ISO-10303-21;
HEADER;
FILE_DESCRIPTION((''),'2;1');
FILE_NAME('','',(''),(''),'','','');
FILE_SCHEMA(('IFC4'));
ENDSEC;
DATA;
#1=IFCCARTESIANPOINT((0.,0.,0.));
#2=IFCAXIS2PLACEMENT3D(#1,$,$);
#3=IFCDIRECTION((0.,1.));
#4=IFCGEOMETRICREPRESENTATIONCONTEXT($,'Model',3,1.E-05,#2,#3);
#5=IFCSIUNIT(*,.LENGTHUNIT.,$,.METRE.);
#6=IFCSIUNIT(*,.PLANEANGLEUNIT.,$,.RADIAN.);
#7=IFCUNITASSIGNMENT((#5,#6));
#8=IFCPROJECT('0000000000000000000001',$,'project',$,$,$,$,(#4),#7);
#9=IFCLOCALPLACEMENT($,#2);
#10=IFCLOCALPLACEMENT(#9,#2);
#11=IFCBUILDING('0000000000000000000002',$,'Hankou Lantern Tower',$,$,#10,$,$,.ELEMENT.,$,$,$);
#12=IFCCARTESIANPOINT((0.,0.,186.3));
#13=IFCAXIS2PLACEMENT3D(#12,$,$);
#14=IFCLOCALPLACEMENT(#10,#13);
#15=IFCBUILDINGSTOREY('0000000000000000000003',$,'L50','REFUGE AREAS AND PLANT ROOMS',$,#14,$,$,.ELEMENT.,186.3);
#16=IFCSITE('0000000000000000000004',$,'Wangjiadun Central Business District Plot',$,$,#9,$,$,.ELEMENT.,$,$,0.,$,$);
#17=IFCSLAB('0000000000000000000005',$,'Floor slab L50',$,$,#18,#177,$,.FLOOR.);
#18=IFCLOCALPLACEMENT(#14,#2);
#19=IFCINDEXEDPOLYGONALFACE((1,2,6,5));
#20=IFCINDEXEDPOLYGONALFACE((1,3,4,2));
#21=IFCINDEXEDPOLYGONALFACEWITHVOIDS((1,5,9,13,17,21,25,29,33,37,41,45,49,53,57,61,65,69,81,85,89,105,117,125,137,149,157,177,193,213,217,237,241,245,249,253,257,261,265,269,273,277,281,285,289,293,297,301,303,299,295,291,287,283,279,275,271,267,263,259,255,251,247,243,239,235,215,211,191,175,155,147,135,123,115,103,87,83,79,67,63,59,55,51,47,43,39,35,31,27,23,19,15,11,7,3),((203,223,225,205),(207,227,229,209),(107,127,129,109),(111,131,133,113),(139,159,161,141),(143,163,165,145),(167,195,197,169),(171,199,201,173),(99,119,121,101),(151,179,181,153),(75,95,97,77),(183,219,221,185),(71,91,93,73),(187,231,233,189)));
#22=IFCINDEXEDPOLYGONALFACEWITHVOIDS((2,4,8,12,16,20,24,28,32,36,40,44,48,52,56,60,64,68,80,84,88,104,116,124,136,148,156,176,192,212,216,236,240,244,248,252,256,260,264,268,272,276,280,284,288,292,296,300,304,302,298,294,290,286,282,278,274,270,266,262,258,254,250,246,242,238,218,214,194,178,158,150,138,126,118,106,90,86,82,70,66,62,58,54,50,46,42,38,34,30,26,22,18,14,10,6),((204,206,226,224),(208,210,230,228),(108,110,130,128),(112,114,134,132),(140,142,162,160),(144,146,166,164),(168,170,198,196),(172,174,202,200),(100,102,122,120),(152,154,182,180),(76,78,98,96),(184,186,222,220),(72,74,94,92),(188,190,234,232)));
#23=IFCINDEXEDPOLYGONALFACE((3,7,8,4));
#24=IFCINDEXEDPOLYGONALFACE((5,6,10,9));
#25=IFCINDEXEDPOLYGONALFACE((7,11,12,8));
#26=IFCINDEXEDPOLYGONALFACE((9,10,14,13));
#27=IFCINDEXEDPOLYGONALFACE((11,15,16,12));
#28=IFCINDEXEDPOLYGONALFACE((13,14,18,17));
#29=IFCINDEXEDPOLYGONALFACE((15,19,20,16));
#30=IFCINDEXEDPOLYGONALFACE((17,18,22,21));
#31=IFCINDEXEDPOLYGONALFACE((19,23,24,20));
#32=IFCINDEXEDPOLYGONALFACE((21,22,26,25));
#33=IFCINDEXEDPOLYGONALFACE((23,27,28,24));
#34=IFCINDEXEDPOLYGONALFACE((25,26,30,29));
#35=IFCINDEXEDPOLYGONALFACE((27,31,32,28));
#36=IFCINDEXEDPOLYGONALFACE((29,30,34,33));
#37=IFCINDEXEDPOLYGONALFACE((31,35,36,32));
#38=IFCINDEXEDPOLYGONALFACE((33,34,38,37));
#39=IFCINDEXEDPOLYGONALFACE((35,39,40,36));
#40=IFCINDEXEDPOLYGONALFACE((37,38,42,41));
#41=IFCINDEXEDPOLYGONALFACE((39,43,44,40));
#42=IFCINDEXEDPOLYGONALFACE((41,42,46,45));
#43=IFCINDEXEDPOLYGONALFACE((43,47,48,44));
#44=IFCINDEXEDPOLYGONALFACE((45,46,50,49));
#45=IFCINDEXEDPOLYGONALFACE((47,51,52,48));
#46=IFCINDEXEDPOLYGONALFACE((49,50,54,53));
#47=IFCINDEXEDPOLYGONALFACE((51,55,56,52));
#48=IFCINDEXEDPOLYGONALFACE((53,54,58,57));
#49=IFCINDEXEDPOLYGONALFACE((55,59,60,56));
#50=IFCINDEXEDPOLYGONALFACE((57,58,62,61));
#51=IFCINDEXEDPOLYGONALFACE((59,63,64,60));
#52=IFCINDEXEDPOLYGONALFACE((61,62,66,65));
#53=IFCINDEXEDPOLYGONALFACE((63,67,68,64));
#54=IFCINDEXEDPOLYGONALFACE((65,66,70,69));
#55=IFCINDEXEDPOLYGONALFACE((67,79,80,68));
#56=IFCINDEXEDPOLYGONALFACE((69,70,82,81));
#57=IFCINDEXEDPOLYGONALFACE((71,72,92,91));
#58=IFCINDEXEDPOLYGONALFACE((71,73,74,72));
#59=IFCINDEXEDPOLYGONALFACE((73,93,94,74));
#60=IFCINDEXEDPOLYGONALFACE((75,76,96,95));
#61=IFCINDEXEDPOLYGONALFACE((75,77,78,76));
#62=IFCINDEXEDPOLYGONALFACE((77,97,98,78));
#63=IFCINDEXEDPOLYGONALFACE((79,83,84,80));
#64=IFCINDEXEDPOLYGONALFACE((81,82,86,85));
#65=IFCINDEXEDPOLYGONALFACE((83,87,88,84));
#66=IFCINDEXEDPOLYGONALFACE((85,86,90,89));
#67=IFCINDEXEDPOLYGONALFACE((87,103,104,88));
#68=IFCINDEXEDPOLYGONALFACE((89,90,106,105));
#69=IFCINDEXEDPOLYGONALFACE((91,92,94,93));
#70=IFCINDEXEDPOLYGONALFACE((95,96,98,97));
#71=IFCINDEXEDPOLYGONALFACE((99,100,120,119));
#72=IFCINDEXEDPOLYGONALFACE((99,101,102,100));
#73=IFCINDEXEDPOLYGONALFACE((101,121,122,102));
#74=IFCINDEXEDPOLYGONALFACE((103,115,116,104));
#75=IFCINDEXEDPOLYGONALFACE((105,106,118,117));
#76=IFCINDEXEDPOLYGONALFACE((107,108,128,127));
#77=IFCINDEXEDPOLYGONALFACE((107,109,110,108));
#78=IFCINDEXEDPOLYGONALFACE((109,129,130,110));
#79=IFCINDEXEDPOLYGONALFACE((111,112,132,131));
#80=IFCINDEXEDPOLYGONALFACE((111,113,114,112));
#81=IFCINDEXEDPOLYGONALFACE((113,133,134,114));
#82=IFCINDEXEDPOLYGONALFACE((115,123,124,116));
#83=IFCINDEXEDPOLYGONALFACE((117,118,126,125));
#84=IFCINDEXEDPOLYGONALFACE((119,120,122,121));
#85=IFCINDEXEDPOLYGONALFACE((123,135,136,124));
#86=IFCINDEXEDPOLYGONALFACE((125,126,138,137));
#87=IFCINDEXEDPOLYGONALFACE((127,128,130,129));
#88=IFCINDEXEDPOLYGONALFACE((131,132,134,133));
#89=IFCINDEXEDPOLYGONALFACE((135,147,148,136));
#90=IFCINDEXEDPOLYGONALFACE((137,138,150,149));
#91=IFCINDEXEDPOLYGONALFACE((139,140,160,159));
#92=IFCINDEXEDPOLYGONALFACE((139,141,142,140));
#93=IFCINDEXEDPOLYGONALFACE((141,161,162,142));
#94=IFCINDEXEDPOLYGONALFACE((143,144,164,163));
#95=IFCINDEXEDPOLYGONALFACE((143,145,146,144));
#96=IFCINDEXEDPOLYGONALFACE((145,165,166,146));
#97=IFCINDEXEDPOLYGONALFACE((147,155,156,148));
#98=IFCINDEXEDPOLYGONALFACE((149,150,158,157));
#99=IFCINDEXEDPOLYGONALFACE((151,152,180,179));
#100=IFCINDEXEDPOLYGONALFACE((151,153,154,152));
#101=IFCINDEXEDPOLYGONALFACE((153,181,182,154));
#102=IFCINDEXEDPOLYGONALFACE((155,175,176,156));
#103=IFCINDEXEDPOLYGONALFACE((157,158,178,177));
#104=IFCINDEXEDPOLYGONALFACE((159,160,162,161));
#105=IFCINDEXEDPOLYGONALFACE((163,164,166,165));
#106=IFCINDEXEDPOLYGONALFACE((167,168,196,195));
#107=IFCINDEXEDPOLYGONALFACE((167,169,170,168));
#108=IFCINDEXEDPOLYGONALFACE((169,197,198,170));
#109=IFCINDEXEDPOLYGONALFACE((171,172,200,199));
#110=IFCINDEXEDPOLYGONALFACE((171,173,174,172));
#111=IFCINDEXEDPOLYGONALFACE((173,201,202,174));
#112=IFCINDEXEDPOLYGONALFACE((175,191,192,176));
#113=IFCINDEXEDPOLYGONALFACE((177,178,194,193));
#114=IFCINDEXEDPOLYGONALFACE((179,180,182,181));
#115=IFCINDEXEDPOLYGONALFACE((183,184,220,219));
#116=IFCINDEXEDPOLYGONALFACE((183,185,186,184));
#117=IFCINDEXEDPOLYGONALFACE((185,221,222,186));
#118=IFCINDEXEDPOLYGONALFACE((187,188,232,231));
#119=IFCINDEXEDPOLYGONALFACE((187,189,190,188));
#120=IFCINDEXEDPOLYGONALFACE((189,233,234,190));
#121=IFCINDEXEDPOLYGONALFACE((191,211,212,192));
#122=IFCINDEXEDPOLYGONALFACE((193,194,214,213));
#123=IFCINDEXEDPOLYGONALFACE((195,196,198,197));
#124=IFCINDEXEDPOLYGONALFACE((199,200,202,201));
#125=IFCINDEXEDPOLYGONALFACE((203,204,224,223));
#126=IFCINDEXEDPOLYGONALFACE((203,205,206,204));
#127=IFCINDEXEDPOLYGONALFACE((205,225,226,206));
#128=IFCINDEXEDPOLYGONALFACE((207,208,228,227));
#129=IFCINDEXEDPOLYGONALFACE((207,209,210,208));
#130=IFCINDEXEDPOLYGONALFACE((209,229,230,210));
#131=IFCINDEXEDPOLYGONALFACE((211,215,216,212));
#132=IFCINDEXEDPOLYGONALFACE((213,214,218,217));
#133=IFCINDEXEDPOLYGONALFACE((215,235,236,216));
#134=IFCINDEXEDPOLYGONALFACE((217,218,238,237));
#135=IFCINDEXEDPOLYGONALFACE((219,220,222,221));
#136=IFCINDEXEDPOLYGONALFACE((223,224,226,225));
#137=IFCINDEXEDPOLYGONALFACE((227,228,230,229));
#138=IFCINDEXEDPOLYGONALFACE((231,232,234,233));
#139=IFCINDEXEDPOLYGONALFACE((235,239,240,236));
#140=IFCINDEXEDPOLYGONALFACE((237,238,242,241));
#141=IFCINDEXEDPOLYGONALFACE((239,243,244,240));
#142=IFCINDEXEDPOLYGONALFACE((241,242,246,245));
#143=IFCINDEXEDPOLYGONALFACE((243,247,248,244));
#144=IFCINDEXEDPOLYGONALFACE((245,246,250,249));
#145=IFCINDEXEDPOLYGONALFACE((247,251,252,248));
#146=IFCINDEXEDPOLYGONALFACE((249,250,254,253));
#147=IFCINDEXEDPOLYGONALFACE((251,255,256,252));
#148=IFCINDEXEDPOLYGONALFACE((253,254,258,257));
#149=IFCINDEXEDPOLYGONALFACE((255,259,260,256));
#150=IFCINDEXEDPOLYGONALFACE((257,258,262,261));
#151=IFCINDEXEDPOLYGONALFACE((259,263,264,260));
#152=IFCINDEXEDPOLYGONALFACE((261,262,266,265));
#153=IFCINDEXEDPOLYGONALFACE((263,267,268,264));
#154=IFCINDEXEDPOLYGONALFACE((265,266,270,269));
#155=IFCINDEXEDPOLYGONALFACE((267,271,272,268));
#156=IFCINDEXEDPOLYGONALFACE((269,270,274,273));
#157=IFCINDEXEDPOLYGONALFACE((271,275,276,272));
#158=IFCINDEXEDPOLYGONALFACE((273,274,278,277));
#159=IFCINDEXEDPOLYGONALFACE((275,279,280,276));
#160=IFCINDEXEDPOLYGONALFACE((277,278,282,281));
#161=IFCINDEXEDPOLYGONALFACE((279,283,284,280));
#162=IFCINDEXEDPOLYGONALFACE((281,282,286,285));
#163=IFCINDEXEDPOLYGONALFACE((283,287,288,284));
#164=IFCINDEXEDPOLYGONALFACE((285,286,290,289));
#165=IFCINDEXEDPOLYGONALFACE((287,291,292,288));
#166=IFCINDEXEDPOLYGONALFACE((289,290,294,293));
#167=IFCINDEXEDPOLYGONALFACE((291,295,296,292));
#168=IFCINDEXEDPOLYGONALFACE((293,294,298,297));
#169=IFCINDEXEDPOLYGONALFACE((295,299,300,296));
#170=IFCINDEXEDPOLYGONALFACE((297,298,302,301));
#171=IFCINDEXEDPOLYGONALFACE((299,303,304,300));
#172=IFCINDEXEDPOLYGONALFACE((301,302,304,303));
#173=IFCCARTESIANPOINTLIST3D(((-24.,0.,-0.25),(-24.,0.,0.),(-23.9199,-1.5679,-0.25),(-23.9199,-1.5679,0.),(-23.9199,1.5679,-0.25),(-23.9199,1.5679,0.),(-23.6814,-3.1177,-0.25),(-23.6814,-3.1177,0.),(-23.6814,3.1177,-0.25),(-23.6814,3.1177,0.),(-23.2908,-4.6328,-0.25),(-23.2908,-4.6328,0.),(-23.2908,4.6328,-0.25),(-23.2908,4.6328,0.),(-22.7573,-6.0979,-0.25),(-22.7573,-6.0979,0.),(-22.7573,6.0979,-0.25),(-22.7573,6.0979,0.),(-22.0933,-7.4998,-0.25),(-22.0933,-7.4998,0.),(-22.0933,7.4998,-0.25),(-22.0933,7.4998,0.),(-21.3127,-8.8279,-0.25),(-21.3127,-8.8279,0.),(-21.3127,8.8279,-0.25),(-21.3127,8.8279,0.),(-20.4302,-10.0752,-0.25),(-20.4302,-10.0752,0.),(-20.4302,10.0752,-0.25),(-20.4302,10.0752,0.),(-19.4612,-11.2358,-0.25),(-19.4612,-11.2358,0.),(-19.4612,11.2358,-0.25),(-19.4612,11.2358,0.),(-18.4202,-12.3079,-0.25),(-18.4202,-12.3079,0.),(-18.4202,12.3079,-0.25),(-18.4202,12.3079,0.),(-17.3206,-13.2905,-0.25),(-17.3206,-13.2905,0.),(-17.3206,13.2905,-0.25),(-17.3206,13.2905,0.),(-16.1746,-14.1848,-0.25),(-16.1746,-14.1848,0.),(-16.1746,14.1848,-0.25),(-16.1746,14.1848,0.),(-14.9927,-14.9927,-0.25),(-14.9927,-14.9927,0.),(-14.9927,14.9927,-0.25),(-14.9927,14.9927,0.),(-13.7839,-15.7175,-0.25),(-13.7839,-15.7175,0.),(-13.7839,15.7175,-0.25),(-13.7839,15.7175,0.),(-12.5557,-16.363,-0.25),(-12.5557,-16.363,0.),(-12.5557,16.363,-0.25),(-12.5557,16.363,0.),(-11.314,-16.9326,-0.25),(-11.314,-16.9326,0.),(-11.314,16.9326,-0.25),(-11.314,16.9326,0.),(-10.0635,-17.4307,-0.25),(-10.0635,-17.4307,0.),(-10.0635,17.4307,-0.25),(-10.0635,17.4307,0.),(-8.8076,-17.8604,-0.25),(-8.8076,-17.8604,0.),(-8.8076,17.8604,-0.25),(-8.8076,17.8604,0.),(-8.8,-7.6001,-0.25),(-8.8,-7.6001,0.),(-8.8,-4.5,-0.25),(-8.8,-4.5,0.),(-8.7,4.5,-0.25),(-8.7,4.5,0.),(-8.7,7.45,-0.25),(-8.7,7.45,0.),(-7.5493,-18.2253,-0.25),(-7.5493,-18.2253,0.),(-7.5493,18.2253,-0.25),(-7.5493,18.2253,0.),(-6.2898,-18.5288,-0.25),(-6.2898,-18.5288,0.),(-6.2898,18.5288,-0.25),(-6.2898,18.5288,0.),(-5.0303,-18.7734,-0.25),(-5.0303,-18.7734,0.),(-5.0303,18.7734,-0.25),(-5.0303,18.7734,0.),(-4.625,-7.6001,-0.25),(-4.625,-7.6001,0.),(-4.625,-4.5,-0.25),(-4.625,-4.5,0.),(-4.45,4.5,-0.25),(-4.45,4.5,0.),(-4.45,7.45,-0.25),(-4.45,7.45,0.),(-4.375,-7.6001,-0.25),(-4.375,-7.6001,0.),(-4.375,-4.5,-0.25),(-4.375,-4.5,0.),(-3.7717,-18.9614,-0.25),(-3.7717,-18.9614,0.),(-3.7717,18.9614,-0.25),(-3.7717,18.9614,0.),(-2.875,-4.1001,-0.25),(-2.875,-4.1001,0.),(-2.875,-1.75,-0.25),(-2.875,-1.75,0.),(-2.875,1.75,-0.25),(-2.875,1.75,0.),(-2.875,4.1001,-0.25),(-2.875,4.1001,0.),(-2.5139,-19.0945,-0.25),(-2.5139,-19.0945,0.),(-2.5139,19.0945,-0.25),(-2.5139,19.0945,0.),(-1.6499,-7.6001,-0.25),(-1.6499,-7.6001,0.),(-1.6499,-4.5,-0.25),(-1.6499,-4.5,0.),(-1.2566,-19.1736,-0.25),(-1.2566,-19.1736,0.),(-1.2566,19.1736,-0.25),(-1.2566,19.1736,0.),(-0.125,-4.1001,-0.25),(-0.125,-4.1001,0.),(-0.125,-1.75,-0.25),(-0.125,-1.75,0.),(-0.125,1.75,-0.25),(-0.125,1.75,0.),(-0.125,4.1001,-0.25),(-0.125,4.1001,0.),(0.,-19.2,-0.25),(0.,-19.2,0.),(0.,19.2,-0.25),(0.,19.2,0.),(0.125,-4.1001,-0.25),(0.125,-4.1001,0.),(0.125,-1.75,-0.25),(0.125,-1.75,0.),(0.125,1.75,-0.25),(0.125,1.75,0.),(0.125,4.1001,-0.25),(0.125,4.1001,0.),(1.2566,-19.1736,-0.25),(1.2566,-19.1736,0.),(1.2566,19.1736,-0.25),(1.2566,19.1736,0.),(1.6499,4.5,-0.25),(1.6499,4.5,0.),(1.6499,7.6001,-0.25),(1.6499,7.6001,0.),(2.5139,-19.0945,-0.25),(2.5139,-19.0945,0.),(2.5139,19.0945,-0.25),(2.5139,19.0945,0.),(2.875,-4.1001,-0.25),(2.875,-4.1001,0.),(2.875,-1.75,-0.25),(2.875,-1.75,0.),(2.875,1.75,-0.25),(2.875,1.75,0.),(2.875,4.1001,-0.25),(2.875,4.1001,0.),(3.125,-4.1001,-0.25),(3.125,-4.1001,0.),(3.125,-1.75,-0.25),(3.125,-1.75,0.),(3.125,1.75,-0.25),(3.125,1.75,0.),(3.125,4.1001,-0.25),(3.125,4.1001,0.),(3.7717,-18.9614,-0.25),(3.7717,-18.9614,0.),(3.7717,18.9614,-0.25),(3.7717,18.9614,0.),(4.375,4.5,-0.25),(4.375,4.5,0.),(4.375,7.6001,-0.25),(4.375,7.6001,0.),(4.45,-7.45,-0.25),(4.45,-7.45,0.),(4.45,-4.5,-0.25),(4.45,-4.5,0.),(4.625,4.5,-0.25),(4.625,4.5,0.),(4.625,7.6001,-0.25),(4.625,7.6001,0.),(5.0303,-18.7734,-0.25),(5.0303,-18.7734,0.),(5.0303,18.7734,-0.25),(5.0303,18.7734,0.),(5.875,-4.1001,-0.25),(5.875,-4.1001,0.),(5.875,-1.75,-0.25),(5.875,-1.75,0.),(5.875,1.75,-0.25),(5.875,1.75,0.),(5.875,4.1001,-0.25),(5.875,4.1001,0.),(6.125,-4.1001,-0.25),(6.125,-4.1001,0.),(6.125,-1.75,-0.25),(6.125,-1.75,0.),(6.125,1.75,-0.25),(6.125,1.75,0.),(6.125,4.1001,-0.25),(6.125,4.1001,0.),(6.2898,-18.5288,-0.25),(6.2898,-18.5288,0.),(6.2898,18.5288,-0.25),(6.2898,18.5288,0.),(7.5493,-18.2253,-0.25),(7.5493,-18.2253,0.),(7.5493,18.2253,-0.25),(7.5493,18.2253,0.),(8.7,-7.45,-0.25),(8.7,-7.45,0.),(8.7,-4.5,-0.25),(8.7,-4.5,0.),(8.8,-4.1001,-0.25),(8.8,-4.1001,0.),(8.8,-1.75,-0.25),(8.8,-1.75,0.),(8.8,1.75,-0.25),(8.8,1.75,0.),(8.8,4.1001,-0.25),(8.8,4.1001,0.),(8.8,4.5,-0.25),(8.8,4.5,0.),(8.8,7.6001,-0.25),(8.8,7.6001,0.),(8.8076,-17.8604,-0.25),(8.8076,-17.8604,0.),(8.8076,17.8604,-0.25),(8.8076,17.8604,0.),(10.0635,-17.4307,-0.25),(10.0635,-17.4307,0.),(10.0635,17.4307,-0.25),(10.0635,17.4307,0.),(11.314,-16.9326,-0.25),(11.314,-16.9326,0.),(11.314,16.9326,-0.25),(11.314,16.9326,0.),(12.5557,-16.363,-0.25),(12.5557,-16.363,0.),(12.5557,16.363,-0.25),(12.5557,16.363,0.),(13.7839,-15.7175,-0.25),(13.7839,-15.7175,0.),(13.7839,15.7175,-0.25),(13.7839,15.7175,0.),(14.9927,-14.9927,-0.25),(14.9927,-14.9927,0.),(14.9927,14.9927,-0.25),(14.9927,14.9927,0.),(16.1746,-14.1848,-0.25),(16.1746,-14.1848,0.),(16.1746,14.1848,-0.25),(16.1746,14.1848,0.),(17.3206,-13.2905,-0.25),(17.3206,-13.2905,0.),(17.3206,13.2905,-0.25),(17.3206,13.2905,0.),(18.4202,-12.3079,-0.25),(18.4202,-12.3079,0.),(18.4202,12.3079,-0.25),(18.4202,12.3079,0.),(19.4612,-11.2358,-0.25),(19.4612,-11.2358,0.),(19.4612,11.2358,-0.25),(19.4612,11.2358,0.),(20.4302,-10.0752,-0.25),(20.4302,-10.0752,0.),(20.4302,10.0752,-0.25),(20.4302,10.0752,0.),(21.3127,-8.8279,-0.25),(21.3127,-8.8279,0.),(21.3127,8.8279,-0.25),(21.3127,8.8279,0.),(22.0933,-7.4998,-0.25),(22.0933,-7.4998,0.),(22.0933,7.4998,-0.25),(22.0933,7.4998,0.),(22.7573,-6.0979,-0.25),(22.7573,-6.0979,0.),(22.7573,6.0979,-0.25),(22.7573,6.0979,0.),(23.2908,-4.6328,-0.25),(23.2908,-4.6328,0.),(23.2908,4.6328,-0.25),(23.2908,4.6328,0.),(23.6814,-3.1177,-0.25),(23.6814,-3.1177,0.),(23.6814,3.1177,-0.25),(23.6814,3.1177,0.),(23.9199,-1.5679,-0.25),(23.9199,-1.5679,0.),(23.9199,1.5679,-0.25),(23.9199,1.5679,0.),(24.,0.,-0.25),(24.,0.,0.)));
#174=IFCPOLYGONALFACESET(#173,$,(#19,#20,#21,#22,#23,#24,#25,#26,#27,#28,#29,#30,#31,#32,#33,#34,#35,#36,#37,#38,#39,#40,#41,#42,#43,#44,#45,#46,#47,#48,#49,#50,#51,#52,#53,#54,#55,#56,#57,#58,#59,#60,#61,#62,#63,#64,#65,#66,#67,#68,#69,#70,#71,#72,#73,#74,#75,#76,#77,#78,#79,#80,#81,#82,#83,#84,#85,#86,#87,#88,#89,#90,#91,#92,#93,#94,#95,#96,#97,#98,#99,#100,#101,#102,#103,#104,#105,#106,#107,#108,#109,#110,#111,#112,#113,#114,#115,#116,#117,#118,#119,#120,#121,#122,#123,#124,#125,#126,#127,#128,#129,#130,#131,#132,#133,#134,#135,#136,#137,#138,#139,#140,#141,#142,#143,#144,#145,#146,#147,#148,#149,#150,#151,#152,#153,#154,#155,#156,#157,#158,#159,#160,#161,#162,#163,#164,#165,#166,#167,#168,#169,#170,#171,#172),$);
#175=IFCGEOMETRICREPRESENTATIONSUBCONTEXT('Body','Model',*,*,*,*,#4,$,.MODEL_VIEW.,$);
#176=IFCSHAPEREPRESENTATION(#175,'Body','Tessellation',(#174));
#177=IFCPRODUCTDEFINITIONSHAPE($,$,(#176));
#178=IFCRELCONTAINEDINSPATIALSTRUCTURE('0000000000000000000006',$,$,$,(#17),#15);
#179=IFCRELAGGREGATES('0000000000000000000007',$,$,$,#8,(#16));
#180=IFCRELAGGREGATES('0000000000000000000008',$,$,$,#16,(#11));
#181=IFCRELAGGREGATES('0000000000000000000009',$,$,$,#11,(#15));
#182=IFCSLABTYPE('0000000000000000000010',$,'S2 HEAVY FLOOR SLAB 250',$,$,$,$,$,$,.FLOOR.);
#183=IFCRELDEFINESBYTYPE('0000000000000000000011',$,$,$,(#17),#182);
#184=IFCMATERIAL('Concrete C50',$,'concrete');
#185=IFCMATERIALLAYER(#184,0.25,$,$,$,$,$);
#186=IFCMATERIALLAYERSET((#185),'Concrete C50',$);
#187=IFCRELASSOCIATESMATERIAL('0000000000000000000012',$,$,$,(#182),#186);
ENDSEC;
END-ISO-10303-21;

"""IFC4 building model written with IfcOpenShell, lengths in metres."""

from ifc_helpers import new_model, si_unit, direction, frame, origin, place, context, subcontext, project, spatial, polyline, outline, extrude, material, layer, layer_set, type_object, element, save


model = new_model("IFC4")

# Units and contexts
model_context = context("Model", 3, precision=1e-05, world=origin(), true_north=direction((0.0, 1.0)))
body_context = subcontext(model_context, "Body", "Model", "MODEL_VIEW")
ifc_project = project(units=[si_unit("LENGTHUNIT", "METRE"), si_unit("PLANEANGLEUNIT", "RADIAN")], contexts=[model_context])

# Site, building, storey
site_placement = place(None, origin())
site = spatial("IfcSite", under=ifc_project, at=site_placement, Name="Wangjiadun Central Business District Plot", CompositionType="ELEMENT", RefElevation=0.0)
building_placement = place(site_placement, origin())
building = spatial("IfcBuilding", under=site, at=building_placement, Name="Hankou Lantern Tower", CompositionType="ELEMENT")
storey_placement = place(building_placement, frame((0.0, 0.0, 186.3)))
storey = spatial("IfcBuildingStorey", under=building, at=storey_placement, Name="L50", Description="REFUGE AREAS AND PLANT ROOMS", CompositionType="ELEMENT", Elevation=186.3)

# Slab
ifc_material_1 = material(Name="Concrete C50", Category="concrete")
ifc_layer_1 = layer(ifc_material_1, 0.25)
ifc_layer_set_1 = layer_set([ifc_layer_1], Name="Concrete C50")
slab_type = type_object("IfcSlabType", Name="S2 HEAVY FLOOR SLAB 250", PredefinedType="FLOOR", material=ifc_layer_set_1)
slab_placement = place(storey_placement, frame((0.0, 0.0, -0.25)))
element("IfcSlab", 1, at=slab_placement, inside=storey, type_object=slab_type, Name="Floor slab L50", PredefinedType="FLOOR", context=body_context, shape_type="SweptSolid", body=[
    extrude(outline(polyline([(24.0, 0.0), (23.9199, 1.5679), (23.6814, 3.1177), (23.2908, 4.6328), (22.7573, 6.0979), (22.0933, 7.4998), (21.3127, 8.8279), (20.4302, 10.0752), (19.4612, 11.2358), (18.4202, 12.3079), (17.3206, 13.2905), (16.1746, 14.1848), (14.9927, 14.9927), (13.7839, 15.7175), (12.5557, 16.363), (11.314, 16.9326), (10.0635, 17.4307), (8.8076, 17.8604), (7.5493, 18.2253), (6.2898, 18.5288), (5.0303, 18.7734), (3.7717, 18.9614), (2.5139, 19.0945), (1.2566, 19.1736), (0.0, 19.2), (-1.2566, 19.1736), (-2.5139, 19.0945), (-3.7717, 18.9614), (-5.0303, 18.7734), (-6.2898, 18.5288), (-7.5493, 18.2253), (-8.8076, 17.8604), (-10.0635, 17.4307), (-11.314, 16.9326), (-12.5557, 16.363), (-13.7839, 15.7175), (-14.9927, 14.9927), (-16.1746, 14.1848), (-17.3206, 13.2905), (-18.4202, 12.3079), (-19.4612, 11.2358), (-20.4302, 10.0752), (-21.3127, 8.8279), (-22.0933, 7.4998), (-22.7573, 6.0979), (-23.2908, 4.6328), (-23.6814, 3.1177), (-23.9199, 1.5679), (-24.0, 0.0), (-23.9199, -1.5679), (-23.6814, -3.1177), (-23.2908, -4.6328), (-22.7573, -6.0979), (-22.0933, -7.4998), (-21.3127, -8.8279), (-20.4302, -10.0752), (-19.4612, -11.2358), (-18.4202, -12.3079), (-17.3206, -13.2905), (-16.1746, -14.1848), (-14.9927, -14.9927), (-13.7839, -15.7175), (-12.5557, -16.363), (-11.314, -16.9326), (-10.0635, -17.4307), (-8.8076, -17.8604), (-7.5493, -18.2253), (-6.2898, -18.5288), (-5.0303, -18.7734), (-3.7717, -18.9614), (-2.5139, -19.0945), (-1.2566, -19.1736), (0.0, -19.2), (1.2566, -19.1736), (2.5139, -19.0945), (3.7717, -18.9614), (5.0303, -18.7734), (6.2898, -18.5288), (7.5493, -18.2253), (8.8076, -17.8604), (10.0635, -17.4307), (11.314, -16.9326), (12.5557, -16.363), (13.7839, -15.7175), (14.9927, -14.9927), (16.1746, -14.1848), (17.3206, -13.2905), (18.4202, -12.3079), (19.4612, -11.2358), (20.4302, -10.0752), (21.3127, -8.8279), (22.0933, -7.4998), (22.7573, -6.0979), (23.2908, -4.6328), (23.6814, -3.1177), (23.9199, -1.5679), (24.0, 0.0)]), holes=[polyline([(-2.875, 4.1001), (-0.125, 4.1001), (-0.125, 1.75), (-2.875, 1.75), (-2.875, 4.1001)]), polyline([(0.125, 4.1001), (2.875, 4.1001), (2.875, 1.75), (0.125, 1.75), (0.125, 4.1001)]), polyline([(3.125, 4.1001), (5.875, 4.1001), (5.875, 1.75), (3.125, 1.75), (3.125, 4.1001)]), polyline([(6.125, 4.1001), (8.8, 4.1001), (8.8, 1.75), (6.125, 1.75), (6.125, 4.1001)]), polyline([(-2.875, -1.75), (-0.125, -1.75), (-0.125, -4.1001), (-2.875, -4.1001), (-2.875, -1.75)]), polyline([(0.125, -1.75), (2.875, -1.75), (2.875, -4.1001), (0.125, -4.1001), (0.125, -1.75)]), polyline([(3.125, -1.75), (5.875, -1.75), (5.875, -4.1001), (3.125, -4.1001), (3.125, -1.75)]), polyline([(6.125, -1.75), (8.8, -1.75), (8.8, -4.1001), (6.125, -4.1001), (6.125, -1.75)]), polyline([(1.6499, 7.6001), (4.375, 7.6001), (4.375, 4.5), (1.6499, 4.5), (1.6499, 7.6001)]), polyline([(-4.375, -4.5), (-1.6499, -4.5), (-1.6499, -7.6001), (-4.375, -7.6001), (-4.375, -4.5)]), polyline([(-8.7, 7.45), (-4.45, 7.45), (-4.45, 4.5), (-8.7, 4.5), (-8.7, 7.45)]), polyline([(4.45, -4.5), (8.7, -4.5), (8.7, -7.45), (4.45, -7.45), (4.45, -4.5)]), polyline([(4.625, 7.6001), (8.8, 7.6001), (8.8, 4.5), (4.625, 4.5), (4.625, 7.6001)]), polyline([(-8.8, -4.5), (-4.625, -4.5), (-4.625, -7.6001), (-8.8, -7.6001), (-8.8, -4.5)])]), origin(), (0.0, 0.0, 1.0), 0.25),
])

save(model, "model.ifc")
